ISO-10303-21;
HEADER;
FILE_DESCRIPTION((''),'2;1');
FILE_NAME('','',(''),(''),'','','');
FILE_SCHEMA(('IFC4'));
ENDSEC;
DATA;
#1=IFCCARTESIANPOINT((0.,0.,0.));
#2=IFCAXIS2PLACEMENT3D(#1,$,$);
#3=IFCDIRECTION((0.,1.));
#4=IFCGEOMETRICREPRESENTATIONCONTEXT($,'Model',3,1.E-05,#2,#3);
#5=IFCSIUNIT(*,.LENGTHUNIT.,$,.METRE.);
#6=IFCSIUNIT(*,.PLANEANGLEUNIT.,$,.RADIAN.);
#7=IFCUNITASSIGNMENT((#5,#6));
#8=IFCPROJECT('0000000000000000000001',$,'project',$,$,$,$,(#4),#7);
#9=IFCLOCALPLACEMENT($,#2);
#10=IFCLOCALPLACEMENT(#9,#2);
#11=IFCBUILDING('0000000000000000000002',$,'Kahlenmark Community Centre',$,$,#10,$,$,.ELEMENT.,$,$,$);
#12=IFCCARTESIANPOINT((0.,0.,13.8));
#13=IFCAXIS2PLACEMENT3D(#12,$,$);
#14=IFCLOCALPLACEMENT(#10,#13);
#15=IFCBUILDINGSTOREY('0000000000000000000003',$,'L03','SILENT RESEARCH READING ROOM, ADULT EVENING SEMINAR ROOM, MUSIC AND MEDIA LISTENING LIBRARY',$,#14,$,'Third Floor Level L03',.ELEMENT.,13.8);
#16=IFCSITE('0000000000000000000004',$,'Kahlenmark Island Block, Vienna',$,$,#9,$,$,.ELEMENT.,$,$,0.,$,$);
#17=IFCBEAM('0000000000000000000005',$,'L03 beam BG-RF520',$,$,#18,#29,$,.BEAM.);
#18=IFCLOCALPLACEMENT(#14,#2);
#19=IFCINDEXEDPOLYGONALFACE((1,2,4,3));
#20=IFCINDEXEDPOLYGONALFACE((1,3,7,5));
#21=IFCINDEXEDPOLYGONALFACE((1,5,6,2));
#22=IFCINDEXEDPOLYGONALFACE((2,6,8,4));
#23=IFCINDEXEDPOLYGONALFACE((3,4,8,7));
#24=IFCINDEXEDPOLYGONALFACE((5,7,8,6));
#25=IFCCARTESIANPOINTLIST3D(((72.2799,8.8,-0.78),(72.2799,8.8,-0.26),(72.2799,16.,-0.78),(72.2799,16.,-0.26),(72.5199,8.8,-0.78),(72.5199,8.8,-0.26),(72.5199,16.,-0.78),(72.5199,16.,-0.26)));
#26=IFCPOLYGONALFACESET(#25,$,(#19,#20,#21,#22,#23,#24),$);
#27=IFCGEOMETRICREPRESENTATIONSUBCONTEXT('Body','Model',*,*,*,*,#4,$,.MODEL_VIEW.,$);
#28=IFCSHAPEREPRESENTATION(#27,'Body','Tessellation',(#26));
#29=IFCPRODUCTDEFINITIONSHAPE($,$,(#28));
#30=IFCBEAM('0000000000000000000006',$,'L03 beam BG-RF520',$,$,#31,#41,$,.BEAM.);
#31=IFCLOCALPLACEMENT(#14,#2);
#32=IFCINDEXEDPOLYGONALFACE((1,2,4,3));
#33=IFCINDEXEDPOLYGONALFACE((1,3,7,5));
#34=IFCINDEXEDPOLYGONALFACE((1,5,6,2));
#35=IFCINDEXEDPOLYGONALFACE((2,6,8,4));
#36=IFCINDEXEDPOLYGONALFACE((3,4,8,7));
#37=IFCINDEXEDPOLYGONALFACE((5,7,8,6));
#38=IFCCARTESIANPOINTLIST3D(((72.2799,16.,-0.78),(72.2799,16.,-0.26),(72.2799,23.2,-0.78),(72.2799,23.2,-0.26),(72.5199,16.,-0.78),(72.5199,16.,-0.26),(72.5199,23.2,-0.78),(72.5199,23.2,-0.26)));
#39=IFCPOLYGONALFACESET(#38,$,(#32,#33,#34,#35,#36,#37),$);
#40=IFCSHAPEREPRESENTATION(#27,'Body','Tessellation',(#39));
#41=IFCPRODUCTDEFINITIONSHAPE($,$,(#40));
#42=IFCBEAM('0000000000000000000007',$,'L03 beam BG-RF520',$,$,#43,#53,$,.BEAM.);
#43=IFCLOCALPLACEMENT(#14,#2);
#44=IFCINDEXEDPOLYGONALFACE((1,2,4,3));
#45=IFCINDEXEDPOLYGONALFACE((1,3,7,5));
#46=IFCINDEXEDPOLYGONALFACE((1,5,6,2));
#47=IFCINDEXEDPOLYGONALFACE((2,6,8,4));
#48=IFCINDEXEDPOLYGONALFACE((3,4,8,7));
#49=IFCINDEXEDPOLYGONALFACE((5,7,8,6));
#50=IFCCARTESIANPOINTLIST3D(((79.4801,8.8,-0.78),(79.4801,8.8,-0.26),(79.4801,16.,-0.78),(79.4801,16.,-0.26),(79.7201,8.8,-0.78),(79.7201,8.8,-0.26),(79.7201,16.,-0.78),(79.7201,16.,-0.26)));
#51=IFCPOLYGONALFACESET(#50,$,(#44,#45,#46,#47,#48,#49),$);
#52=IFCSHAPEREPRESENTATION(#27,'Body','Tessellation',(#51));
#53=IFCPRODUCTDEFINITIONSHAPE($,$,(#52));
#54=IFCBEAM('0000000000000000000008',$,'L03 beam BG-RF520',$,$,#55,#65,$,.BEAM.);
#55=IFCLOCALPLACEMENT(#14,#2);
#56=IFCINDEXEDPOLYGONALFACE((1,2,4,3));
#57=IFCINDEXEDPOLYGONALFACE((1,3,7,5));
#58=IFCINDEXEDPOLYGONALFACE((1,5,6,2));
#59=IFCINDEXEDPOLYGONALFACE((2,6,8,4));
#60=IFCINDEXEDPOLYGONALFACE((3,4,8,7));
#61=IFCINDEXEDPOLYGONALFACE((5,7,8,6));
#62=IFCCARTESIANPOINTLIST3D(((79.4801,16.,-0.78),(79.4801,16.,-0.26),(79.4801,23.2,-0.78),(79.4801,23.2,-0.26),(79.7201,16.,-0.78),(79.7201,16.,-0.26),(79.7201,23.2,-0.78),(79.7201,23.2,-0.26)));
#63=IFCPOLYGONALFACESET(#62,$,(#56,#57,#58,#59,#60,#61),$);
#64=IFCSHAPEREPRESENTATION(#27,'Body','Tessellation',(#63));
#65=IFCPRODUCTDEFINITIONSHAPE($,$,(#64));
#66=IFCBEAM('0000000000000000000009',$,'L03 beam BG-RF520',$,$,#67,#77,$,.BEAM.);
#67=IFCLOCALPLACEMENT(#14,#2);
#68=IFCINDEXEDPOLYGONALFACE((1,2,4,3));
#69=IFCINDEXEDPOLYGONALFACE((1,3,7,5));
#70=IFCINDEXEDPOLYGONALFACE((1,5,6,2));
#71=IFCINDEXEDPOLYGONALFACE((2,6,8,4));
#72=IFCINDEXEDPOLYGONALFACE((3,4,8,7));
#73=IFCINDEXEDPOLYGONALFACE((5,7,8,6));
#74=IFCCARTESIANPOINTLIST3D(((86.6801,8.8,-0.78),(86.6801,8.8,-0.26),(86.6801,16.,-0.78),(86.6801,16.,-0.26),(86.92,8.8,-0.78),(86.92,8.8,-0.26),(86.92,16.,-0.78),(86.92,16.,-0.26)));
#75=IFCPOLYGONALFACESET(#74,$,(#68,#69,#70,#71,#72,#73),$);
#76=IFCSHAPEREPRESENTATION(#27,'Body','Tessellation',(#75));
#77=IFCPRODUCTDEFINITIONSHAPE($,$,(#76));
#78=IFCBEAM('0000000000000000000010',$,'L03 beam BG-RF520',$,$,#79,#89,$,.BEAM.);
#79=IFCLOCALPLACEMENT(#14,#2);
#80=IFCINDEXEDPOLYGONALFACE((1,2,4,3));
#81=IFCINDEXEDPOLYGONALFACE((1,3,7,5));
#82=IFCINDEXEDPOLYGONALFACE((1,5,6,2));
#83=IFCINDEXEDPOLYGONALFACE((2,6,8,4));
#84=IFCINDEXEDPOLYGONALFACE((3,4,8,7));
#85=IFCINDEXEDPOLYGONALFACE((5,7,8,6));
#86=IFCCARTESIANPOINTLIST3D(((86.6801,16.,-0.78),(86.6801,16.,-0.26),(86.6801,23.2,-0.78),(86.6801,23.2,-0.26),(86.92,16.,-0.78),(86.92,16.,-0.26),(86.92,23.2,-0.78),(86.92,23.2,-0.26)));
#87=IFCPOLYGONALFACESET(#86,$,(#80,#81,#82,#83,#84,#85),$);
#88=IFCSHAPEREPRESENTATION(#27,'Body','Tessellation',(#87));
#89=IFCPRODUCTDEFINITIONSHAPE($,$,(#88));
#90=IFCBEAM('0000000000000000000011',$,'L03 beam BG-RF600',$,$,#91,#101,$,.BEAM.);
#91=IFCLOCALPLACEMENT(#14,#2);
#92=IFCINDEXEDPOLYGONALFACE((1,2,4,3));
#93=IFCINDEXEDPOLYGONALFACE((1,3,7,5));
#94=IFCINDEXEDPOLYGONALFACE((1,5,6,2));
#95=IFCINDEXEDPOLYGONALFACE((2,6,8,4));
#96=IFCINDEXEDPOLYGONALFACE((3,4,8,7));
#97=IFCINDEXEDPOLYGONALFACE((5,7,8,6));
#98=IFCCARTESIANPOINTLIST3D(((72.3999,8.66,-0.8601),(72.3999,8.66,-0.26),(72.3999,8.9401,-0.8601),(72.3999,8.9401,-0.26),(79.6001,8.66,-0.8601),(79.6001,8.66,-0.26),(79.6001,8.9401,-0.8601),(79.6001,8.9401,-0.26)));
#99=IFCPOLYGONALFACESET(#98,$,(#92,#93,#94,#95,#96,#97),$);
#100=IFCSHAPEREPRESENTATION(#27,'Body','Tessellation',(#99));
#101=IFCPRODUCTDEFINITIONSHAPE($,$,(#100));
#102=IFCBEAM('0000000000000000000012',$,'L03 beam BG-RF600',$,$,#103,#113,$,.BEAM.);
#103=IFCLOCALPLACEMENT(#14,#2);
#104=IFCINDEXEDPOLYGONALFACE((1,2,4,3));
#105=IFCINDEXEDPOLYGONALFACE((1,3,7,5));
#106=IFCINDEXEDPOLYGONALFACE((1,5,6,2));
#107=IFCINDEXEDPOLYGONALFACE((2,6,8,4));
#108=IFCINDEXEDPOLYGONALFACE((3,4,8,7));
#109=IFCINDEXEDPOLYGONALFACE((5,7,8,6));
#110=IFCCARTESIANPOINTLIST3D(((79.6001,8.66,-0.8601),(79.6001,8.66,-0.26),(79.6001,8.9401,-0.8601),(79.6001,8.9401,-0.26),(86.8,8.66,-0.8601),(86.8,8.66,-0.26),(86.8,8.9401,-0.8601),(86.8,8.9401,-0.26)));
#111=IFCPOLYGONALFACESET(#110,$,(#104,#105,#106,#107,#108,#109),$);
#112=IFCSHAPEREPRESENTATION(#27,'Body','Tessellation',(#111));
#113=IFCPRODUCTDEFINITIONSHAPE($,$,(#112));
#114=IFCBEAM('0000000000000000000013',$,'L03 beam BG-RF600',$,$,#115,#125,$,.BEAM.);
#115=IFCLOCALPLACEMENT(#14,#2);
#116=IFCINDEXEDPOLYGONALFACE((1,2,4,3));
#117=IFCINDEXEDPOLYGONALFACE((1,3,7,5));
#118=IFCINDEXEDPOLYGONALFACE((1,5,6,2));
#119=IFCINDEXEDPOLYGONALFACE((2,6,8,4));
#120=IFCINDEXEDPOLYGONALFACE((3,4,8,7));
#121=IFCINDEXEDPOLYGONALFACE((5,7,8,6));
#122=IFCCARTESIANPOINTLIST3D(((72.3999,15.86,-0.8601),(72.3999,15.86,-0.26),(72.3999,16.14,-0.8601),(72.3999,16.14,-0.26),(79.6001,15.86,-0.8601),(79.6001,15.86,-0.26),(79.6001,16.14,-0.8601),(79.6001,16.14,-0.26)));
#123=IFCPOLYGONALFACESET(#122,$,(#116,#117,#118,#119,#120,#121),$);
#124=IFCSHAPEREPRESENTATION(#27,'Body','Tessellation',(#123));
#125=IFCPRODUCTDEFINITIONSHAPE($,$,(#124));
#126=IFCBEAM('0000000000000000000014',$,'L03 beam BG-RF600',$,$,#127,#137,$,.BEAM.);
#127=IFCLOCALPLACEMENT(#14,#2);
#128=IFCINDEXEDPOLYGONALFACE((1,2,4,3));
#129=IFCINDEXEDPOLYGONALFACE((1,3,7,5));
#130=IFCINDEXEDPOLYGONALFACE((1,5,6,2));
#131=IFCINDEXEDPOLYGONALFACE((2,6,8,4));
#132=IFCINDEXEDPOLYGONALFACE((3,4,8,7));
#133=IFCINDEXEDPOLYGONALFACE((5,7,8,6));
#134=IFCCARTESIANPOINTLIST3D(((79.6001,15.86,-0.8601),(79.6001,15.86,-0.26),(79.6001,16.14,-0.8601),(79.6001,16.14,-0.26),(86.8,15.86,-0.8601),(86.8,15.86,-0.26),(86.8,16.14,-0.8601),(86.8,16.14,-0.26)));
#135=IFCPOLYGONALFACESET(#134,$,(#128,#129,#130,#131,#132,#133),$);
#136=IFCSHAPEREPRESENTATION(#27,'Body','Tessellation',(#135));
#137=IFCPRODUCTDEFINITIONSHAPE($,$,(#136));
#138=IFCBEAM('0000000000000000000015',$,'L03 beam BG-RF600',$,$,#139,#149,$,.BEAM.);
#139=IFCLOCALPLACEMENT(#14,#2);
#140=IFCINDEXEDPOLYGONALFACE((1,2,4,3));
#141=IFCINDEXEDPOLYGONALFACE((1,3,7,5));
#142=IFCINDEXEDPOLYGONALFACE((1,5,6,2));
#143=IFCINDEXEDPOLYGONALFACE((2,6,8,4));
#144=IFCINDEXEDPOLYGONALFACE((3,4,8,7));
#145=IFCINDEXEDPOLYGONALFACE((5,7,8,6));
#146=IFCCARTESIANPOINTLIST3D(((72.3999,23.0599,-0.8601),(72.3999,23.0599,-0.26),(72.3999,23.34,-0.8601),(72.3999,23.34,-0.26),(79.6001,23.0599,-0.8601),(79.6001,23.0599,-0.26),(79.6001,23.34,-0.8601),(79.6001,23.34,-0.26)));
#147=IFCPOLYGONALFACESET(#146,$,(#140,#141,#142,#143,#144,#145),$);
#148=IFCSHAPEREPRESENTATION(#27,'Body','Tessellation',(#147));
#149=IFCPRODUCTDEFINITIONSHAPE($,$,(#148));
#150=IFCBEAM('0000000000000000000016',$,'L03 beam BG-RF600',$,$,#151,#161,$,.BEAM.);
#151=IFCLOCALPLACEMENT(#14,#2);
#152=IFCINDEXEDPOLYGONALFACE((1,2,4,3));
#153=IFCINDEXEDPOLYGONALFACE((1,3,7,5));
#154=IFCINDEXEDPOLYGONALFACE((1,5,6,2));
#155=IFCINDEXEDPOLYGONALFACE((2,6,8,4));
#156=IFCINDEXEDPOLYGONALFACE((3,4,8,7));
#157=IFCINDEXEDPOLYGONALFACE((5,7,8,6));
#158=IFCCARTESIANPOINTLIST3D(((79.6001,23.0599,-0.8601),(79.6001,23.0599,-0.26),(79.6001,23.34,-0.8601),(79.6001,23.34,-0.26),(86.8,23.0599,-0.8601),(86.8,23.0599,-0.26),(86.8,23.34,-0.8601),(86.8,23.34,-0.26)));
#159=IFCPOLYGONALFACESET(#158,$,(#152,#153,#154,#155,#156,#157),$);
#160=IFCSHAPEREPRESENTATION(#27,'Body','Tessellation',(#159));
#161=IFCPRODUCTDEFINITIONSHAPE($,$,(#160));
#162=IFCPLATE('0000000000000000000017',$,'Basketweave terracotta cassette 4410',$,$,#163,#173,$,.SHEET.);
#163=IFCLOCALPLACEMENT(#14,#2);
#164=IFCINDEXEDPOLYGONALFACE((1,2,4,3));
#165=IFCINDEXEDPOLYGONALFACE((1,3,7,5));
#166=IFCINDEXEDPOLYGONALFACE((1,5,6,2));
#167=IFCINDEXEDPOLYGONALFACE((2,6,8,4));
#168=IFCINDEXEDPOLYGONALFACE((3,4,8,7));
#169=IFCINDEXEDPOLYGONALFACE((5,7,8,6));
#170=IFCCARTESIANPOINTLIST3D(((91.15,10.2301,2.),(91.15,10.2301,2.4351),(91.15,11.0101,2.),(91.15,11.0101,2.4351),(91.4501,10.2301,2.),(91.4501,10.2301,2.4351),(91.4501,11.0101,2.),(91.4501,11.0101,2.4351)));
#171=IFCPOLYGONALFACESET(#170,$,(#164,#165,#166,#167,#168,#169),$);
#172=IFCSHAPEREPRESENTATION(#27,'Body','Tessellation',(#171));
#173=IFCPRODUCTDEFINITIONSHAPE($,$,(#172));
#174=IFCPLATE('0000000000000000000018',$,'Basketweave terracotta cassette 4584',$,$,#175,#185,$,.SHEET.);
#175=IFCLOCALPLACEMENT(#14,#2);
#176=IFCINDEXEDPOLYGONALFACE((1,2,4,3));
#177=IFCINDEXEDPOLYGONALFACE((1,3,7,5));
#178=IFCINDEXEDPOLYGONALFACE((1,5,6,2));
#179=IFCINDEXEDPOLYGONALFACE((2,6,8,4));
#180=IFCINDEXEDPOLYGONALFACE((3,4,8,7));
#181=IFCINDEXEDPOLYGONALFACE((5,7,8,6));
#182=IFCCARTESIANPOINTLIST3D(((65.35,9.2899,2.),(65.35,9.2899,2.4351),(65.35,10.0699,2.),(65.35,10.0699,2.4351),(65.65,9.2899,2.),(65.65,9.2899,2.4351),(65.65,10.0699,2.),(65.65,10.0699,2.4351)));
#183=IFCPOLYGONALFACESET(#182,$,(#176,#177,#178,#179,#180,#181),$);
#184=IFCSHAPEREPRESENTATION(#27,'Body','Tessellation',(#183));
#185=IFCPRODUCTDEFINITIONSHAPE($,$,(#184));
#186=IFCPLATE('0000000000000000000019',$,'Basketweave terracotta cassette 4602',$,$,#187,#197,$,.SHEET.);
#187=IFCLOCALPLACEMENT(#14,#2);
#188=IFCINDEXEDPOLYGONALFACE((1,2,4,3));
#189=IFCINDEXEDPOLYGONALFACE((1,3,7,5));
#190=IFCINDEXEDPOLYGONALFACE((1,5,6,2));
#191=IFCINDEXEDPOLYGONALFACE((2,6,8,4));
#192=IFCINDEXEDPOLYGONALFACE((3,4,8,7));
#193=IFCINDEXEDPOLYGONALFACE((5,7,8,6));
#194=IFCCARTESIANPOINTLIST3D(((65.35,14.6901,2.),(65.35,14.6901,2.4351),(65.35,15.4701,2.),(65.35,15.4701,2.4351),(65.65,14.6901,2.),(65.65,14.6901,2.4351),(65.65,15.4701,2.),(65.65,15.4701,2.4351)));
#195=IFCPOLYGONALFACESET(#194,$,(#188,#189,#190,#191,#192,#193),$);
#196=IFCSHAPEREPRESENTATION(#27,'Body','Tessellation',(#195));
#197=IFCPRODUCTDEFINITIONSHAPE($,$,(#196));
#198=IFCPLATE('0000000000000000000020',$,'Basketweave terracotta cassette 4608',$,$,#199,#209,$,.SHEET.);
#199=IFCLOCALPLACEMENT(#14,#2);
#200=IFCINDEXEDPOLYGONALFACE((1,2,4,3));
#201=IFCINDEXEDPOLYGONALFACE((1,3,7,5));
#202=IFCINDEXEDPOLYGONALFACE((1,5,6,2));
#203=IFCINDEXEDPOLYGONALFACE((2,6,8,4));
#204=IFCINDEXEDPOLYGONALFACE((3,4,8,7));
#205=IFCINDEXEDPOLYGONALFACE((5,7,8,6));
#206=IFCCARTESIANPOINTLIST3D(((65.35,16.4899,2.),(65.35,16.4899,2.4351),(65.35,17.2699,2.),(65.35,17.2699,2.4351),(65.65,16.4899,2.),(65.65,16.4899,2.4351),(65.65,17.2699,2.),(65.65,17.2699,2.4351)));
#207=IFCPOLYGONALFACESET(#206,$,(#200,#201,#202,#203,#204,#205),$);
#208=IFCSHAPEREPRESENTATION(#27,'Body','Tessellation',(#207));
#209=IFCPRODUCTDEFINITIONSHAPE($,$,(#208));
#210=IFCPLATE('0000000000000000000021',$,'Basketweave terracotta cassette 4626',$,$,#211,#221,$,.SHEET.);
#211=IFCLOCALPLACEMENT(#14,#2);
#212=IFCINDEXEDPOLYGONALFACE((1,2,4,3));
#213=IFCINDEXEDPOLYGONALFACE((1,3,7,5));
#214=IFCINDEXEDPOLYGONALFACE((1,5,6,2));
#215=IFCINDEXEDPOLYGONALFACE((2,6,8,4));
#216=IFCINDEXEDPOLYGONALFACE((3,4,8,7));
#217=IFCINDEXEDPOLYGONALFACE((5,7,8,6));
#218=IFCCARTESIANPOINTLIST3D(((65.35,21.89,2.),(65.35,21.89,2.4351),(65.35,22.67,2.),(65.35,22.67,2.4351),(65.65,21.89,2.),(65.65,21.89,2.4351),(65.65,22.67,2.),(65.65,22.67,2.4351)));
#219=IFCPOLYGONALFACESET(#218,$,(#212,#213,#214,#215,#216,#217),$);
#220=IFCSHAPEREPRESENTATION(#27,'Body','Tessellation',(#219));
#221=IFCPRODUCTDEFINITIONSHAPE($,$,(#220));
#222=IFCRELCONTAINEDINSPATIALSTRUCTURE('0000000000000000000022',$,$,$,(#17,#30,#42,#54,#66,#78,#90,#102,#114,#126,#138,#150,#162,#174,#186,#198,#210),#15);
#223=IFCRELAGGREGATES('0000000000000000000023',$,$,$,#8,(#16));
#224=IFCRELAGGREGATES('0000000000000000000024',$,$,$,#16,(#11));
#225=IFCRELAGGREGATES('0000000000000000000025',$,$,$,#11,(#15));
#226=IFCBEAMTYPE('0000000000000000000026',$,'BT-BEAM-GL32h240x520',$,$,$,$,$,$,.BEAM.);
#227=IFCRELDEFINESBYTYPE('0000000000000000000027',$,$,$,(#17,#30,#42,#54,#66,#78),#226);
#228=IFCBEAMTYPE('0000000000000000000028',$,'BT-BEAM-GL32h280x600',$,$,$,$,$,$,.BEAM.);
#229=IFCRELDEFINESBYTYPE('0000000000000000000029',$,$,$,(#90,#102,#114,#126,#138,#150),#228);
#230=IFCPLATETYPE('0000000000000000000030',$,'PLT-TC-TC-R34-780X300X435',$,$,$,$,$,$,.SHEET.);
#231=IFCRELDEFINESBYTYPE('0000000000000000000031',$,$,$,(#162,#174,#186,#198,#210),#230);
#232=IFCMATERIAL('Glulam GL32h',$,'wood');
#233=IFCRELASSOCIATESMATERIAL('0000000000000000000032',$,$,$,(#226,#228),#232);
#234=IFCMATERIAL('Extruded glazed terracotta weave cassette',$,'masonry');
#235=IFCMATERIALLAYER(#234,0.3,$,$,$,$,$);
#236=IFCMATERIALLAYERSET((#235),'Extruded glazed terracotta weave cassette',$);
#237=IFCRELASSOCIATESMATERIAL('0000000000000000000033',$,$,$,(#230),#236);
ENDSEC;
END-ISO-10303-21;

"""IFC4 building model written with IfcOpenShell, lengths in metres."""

from ifc_helpers import new_model, si_unit, direction, frame, origin, origin_2d, place, context, subcontext, project, spatial, rectangle, extrude, material, layer, layer_set, material_profile, profile_set, type_object, element, save


model = new_model("IFC4")

# Units and contexts
model_context = context("Model", 3, precision=1e-05, world=origin(), true_north=direction((0.0, 1.0)))
body_context = subcontext(model_context, "Body", "Model", "MODEL_VIEW")
ifc_project = project(units=[si_unit("LENGTHUNIT", "METRE"), si_unit("PLANEANGLEUNIT", "RADIAN")], contexts=[model_context])

# Site, building, storey
site_placement = place(None, origin())
site = spatial("IfcSite", under=ifc_project, at=site_placement, Name="Kahlenmark Island Block, Vienna", CompositionType="ELEMENT", RefElevation=0.0)
building_placement = place(site_placement, origin())
building = spatial("IfcBuilding", under=site, at=building_placement, Name="Kahlenmark Community Centre", CompositionType="ELEMENT")
storey_placement = place(building_placement, frame((0.0, 0.0, 13.8)))
storey = spatial("IfcBuildingStorey", under=building, at=storey_placement, Name="L03", Description="SILENT RESEARCH READING ROOM, ADULT EVENING SEMINAR ROOM, MUSIC AND MEDIA LISTENING LIBRARY", LongName="Third Floor Level L03", CompositionType="ELEMENT", Elevation=13.8)

# Beams
ifc_material_1 = material(Name="Glulam GL32h", Category="wood")
ifc_material_profile_1 = material_profile(ifc_material_1, rectangle(XDim=0.24, YDim=0.52, at=origin_2d()), Name="GL32h 240x520")
ifc_profile_set_1 = profile_set([ifc_material_profile_1], Name="Glulam GL32h")
beam_type_1 = type_object("IfcBeamType", Name="BT-BEAM-GL32h240x520", PredefinedType="BEAM", material=ifc_profile_set_1)
for number, where, z_axis, x_axis, name in (
    (1, (72.3999, 8.8, -0.52), (0.0, 1.0, 0.0), (-1.0, 0.0, 0.0), "L03 beam BG-RF520"),
    (2, (72.3999, 16.0, -0.52), (0.0, 1.0, 0.0), (-1.0, 0.0, 0.0), "L03 beam BG-RF520"),
    (3, (79.6001, 8.8, -0.52), (0.0, 1.0, 0.0), (-1.0, 0.0, 0.0), "L03 beam BG-RF520"),
    (4, (79.6001, 16.0, -0.52), (0.0, 1.0, 0.0), (-1.0, 0.0, 0.0), "L03 beam BG-RF520"),
    (5, (86.8, 8.8, -0.52), (0.0, 1.0, 0.0), (-1.0, 0.0, 0.0), "L03 beam BG-RF520"),
    (6, (86.8, 16.0, -0.52), (0.0, 1.0, 0.0), (-1.0, 0.0, 0.0), "L03 beam BG-RF520"),
):
    element("IfcBeam", number, at=place(storey_placement, frame(where, z_axis=z_axis, x_axis=x_axis)), inside=storey, type_object=beam_type_1, Name=name, PredefinedType="BEAM", context=body_context, shape_type="SweptSolid", body=[
        extrude(rectangle(XDim=0.24, YDim=0.52, at=origin_2d()), origin(), (0.0, 0.0, 1.0), 7.2),
    ])
ifc_material_profile_2 = material_profile(ifc_material_1, rectangle(XDim=0.28, YDim=0.6001, at=origin_2d()), Name="GL32h 280x600")
ifc_profile_set_2 = profile_set([ifc_material_profile_2], Name="Glulam GL32h")
beam_type_2 = type_object("IfcBeamType", Name="BT-BEAM-GL32h280x600", PredefinedType="BEAM", material=ifc_profile_set_2)
beam_1_placement = place(storey_placement, frame((72.3999, 8.8, -0.5601), z_axis=(1.0, 0.0, 0.0), x_axis=(0.0, 1.0, 0.0)))
element("IfcBeam", 7, at=beam_1_placement, inside=storey, type_object=beam_type_2, Name="L03 beam BG-RF600", PredefinedType="BEAM", context=body_context, shape_type="SweptSolid", body=[
    extrude(rectangle(XDim=0.28, YDim=0.6001, at=origin_2d()), origin(), (0.0, 0.0, 1.0), 7.2002),
])
beam_2_placement = place(storey_placement, frame((79.6001, 8.8, -0.5601), z_axis=(1.0, 0.0, 0.0), x_axis=(0.0, 1.0, 0.0)))
element("IfcBeam", 8, at=beam_2_placement, inside=storey, type_object=beam_type_2, Name="L03 beam BG-RF600", PredefinedType="BEAM", context=body_context, shape_type="SweptSolid", body=[
    extrude(rectangle(XDim=0.28, YDim=0.6001, at=origin_2d()), origin(), (0.0, 0.0, 1.0), 7.2),
])
beam_3_placement = place(storey_placement, frame((72.3999, 16.0, -0.5601), z_axis=(1.0, 0.0, 0.0), x_axis=(0.0, 1.0, 0.0)))
element("IfcBeam", 9, at=beam_3_placement, inside=storey, type_object=beam_type_2, Name="L03 beam BG-RF600", PredefinedType="BEAM", context=body_context, shape_type="SweptSolid", body=[
    extrude(rectangle(XDim=0.28, YDim=0.6001, at=origin_2d()), origin(), (0.0, 0.0, 1.0), 7.2002),
])
beam_4_placement = place(storey_placement, frame((79.6001, 16.0, -0.5601), z_axis=(1.0, 0.0, 0.0), x_axis=(0.0, 1.0, 0.0)))
element("IfcBeam", 10, at=beam_4_placement, inside=storey, type_object=beam_type_2, Name="L03 beam BG-RF600", PredefinedType="BEAM", context=body_context, shape_type="SweptSolid", body=[
    extrude(rectangle(XDim=0.28, YDim=0.6001, at=origin_2d()), origin(), (0.0, 0.0, 1.0), 7.2),
])
beam_5_placement = place(storey_placement, frame((72.3999, 23.2, -0.5601), z_axis=(1.0, 0.0, 0.0), x_axis=(0.0, 1.0, 0.0)))
element("IfcBeam", 11, at=beam_5_placement, inside=storey, type_object=beam_type_2, Name="L03 beam BG-RF600", PredefinedType="BEAM", context=body_context, shape_type="SweptSolid", body=[
    extrude(rectangle(XDim=0.28, YDim=0.6001, at=origin_2d()), origin(), (0.0, 0.0, 1.0), 7.2002),
])
beam_6_placement = place(storey_placement, frame((79.6001, 23.2, -0.5601), z_axis=(1.0, 0.0, 0.0), x_axis=(0.0, 1.0, 0.0)))
element("IfcBeam", 12, at=beam_6_placement, inside=storey, type_object=beam_type_2, Name="L03 beam BG-RF600", PredefinedType="BEAM", context=body_context, shape_type="SweptSolid", body=[
    extrude(rectangle(XDim=0.28, YDim=0.6001, at=origin_2d()), origin(), (0.0, 0.0, 1.0), 7.2),
])

# Plates
ifc_material_2 = material(Name="Extruded glazed terracotta weave cassette", Category="masonry")
ifc_layer_1 = layer(ifc_material_2, 0.3)
ifc_layer_set_1 = layer_set([ifc_layer_1], Name="Extruded glazed terracotta weave cassette")
plate_type_1 = type_object("IfcPlateType", Name="PLT-TC-TC-R34-780X300X435", PredefinedType="SHEET", material=ifc_layer_set_1)
for number, where, z_axis, x_axis, name in (
    (13, (91.3, 10.6201, 2.0), (0.0, 0.0, 1.0), (0.0, -1.0, 0.0), "Basketweave terracotta cassette 4410"),
    (14, (65.5, 9.6799, 2.0), (0.0, 0.0, 1.0), (0.0, 1.0, 0.0), "Basketweave terracotta cassette 4584"),
    (15, (65.5, 15.0801, 2.0), (0.0, 0.0, 1.0), (0.0, 1.0, 0.0), "Basketweave terracotta cassette 4602"),
    (16, (65.5, 16.8799, 2.0), (0.0, 0.0, 1.0), (0.0, 1.0, 0.0), "Basketweave terracotta cassette 4608"),
    (17, (65.5, 22.28, 2.0), (0.0, 0.0, 1.0), (0.0, 1.0, 0.0), "Basketweave terracotta cassette 4626"),
):
    element("IfcPlate", number, at=place(storey_placement, frame(where, z_axis=z_axis, x_axis=x_axis)), inside=storey, type_object=plate_type_1, Name=name, PredefinedType="SHEET", context=body_context, shape_type="SweptSolid", body=[
        extrude(rectangle(XDim=0.78, YDim=0.3, at=origin_2d()), origin(), (0.0, 0.0, 1.0), 0.4351),
    ])

save(model, "model.ifc")
